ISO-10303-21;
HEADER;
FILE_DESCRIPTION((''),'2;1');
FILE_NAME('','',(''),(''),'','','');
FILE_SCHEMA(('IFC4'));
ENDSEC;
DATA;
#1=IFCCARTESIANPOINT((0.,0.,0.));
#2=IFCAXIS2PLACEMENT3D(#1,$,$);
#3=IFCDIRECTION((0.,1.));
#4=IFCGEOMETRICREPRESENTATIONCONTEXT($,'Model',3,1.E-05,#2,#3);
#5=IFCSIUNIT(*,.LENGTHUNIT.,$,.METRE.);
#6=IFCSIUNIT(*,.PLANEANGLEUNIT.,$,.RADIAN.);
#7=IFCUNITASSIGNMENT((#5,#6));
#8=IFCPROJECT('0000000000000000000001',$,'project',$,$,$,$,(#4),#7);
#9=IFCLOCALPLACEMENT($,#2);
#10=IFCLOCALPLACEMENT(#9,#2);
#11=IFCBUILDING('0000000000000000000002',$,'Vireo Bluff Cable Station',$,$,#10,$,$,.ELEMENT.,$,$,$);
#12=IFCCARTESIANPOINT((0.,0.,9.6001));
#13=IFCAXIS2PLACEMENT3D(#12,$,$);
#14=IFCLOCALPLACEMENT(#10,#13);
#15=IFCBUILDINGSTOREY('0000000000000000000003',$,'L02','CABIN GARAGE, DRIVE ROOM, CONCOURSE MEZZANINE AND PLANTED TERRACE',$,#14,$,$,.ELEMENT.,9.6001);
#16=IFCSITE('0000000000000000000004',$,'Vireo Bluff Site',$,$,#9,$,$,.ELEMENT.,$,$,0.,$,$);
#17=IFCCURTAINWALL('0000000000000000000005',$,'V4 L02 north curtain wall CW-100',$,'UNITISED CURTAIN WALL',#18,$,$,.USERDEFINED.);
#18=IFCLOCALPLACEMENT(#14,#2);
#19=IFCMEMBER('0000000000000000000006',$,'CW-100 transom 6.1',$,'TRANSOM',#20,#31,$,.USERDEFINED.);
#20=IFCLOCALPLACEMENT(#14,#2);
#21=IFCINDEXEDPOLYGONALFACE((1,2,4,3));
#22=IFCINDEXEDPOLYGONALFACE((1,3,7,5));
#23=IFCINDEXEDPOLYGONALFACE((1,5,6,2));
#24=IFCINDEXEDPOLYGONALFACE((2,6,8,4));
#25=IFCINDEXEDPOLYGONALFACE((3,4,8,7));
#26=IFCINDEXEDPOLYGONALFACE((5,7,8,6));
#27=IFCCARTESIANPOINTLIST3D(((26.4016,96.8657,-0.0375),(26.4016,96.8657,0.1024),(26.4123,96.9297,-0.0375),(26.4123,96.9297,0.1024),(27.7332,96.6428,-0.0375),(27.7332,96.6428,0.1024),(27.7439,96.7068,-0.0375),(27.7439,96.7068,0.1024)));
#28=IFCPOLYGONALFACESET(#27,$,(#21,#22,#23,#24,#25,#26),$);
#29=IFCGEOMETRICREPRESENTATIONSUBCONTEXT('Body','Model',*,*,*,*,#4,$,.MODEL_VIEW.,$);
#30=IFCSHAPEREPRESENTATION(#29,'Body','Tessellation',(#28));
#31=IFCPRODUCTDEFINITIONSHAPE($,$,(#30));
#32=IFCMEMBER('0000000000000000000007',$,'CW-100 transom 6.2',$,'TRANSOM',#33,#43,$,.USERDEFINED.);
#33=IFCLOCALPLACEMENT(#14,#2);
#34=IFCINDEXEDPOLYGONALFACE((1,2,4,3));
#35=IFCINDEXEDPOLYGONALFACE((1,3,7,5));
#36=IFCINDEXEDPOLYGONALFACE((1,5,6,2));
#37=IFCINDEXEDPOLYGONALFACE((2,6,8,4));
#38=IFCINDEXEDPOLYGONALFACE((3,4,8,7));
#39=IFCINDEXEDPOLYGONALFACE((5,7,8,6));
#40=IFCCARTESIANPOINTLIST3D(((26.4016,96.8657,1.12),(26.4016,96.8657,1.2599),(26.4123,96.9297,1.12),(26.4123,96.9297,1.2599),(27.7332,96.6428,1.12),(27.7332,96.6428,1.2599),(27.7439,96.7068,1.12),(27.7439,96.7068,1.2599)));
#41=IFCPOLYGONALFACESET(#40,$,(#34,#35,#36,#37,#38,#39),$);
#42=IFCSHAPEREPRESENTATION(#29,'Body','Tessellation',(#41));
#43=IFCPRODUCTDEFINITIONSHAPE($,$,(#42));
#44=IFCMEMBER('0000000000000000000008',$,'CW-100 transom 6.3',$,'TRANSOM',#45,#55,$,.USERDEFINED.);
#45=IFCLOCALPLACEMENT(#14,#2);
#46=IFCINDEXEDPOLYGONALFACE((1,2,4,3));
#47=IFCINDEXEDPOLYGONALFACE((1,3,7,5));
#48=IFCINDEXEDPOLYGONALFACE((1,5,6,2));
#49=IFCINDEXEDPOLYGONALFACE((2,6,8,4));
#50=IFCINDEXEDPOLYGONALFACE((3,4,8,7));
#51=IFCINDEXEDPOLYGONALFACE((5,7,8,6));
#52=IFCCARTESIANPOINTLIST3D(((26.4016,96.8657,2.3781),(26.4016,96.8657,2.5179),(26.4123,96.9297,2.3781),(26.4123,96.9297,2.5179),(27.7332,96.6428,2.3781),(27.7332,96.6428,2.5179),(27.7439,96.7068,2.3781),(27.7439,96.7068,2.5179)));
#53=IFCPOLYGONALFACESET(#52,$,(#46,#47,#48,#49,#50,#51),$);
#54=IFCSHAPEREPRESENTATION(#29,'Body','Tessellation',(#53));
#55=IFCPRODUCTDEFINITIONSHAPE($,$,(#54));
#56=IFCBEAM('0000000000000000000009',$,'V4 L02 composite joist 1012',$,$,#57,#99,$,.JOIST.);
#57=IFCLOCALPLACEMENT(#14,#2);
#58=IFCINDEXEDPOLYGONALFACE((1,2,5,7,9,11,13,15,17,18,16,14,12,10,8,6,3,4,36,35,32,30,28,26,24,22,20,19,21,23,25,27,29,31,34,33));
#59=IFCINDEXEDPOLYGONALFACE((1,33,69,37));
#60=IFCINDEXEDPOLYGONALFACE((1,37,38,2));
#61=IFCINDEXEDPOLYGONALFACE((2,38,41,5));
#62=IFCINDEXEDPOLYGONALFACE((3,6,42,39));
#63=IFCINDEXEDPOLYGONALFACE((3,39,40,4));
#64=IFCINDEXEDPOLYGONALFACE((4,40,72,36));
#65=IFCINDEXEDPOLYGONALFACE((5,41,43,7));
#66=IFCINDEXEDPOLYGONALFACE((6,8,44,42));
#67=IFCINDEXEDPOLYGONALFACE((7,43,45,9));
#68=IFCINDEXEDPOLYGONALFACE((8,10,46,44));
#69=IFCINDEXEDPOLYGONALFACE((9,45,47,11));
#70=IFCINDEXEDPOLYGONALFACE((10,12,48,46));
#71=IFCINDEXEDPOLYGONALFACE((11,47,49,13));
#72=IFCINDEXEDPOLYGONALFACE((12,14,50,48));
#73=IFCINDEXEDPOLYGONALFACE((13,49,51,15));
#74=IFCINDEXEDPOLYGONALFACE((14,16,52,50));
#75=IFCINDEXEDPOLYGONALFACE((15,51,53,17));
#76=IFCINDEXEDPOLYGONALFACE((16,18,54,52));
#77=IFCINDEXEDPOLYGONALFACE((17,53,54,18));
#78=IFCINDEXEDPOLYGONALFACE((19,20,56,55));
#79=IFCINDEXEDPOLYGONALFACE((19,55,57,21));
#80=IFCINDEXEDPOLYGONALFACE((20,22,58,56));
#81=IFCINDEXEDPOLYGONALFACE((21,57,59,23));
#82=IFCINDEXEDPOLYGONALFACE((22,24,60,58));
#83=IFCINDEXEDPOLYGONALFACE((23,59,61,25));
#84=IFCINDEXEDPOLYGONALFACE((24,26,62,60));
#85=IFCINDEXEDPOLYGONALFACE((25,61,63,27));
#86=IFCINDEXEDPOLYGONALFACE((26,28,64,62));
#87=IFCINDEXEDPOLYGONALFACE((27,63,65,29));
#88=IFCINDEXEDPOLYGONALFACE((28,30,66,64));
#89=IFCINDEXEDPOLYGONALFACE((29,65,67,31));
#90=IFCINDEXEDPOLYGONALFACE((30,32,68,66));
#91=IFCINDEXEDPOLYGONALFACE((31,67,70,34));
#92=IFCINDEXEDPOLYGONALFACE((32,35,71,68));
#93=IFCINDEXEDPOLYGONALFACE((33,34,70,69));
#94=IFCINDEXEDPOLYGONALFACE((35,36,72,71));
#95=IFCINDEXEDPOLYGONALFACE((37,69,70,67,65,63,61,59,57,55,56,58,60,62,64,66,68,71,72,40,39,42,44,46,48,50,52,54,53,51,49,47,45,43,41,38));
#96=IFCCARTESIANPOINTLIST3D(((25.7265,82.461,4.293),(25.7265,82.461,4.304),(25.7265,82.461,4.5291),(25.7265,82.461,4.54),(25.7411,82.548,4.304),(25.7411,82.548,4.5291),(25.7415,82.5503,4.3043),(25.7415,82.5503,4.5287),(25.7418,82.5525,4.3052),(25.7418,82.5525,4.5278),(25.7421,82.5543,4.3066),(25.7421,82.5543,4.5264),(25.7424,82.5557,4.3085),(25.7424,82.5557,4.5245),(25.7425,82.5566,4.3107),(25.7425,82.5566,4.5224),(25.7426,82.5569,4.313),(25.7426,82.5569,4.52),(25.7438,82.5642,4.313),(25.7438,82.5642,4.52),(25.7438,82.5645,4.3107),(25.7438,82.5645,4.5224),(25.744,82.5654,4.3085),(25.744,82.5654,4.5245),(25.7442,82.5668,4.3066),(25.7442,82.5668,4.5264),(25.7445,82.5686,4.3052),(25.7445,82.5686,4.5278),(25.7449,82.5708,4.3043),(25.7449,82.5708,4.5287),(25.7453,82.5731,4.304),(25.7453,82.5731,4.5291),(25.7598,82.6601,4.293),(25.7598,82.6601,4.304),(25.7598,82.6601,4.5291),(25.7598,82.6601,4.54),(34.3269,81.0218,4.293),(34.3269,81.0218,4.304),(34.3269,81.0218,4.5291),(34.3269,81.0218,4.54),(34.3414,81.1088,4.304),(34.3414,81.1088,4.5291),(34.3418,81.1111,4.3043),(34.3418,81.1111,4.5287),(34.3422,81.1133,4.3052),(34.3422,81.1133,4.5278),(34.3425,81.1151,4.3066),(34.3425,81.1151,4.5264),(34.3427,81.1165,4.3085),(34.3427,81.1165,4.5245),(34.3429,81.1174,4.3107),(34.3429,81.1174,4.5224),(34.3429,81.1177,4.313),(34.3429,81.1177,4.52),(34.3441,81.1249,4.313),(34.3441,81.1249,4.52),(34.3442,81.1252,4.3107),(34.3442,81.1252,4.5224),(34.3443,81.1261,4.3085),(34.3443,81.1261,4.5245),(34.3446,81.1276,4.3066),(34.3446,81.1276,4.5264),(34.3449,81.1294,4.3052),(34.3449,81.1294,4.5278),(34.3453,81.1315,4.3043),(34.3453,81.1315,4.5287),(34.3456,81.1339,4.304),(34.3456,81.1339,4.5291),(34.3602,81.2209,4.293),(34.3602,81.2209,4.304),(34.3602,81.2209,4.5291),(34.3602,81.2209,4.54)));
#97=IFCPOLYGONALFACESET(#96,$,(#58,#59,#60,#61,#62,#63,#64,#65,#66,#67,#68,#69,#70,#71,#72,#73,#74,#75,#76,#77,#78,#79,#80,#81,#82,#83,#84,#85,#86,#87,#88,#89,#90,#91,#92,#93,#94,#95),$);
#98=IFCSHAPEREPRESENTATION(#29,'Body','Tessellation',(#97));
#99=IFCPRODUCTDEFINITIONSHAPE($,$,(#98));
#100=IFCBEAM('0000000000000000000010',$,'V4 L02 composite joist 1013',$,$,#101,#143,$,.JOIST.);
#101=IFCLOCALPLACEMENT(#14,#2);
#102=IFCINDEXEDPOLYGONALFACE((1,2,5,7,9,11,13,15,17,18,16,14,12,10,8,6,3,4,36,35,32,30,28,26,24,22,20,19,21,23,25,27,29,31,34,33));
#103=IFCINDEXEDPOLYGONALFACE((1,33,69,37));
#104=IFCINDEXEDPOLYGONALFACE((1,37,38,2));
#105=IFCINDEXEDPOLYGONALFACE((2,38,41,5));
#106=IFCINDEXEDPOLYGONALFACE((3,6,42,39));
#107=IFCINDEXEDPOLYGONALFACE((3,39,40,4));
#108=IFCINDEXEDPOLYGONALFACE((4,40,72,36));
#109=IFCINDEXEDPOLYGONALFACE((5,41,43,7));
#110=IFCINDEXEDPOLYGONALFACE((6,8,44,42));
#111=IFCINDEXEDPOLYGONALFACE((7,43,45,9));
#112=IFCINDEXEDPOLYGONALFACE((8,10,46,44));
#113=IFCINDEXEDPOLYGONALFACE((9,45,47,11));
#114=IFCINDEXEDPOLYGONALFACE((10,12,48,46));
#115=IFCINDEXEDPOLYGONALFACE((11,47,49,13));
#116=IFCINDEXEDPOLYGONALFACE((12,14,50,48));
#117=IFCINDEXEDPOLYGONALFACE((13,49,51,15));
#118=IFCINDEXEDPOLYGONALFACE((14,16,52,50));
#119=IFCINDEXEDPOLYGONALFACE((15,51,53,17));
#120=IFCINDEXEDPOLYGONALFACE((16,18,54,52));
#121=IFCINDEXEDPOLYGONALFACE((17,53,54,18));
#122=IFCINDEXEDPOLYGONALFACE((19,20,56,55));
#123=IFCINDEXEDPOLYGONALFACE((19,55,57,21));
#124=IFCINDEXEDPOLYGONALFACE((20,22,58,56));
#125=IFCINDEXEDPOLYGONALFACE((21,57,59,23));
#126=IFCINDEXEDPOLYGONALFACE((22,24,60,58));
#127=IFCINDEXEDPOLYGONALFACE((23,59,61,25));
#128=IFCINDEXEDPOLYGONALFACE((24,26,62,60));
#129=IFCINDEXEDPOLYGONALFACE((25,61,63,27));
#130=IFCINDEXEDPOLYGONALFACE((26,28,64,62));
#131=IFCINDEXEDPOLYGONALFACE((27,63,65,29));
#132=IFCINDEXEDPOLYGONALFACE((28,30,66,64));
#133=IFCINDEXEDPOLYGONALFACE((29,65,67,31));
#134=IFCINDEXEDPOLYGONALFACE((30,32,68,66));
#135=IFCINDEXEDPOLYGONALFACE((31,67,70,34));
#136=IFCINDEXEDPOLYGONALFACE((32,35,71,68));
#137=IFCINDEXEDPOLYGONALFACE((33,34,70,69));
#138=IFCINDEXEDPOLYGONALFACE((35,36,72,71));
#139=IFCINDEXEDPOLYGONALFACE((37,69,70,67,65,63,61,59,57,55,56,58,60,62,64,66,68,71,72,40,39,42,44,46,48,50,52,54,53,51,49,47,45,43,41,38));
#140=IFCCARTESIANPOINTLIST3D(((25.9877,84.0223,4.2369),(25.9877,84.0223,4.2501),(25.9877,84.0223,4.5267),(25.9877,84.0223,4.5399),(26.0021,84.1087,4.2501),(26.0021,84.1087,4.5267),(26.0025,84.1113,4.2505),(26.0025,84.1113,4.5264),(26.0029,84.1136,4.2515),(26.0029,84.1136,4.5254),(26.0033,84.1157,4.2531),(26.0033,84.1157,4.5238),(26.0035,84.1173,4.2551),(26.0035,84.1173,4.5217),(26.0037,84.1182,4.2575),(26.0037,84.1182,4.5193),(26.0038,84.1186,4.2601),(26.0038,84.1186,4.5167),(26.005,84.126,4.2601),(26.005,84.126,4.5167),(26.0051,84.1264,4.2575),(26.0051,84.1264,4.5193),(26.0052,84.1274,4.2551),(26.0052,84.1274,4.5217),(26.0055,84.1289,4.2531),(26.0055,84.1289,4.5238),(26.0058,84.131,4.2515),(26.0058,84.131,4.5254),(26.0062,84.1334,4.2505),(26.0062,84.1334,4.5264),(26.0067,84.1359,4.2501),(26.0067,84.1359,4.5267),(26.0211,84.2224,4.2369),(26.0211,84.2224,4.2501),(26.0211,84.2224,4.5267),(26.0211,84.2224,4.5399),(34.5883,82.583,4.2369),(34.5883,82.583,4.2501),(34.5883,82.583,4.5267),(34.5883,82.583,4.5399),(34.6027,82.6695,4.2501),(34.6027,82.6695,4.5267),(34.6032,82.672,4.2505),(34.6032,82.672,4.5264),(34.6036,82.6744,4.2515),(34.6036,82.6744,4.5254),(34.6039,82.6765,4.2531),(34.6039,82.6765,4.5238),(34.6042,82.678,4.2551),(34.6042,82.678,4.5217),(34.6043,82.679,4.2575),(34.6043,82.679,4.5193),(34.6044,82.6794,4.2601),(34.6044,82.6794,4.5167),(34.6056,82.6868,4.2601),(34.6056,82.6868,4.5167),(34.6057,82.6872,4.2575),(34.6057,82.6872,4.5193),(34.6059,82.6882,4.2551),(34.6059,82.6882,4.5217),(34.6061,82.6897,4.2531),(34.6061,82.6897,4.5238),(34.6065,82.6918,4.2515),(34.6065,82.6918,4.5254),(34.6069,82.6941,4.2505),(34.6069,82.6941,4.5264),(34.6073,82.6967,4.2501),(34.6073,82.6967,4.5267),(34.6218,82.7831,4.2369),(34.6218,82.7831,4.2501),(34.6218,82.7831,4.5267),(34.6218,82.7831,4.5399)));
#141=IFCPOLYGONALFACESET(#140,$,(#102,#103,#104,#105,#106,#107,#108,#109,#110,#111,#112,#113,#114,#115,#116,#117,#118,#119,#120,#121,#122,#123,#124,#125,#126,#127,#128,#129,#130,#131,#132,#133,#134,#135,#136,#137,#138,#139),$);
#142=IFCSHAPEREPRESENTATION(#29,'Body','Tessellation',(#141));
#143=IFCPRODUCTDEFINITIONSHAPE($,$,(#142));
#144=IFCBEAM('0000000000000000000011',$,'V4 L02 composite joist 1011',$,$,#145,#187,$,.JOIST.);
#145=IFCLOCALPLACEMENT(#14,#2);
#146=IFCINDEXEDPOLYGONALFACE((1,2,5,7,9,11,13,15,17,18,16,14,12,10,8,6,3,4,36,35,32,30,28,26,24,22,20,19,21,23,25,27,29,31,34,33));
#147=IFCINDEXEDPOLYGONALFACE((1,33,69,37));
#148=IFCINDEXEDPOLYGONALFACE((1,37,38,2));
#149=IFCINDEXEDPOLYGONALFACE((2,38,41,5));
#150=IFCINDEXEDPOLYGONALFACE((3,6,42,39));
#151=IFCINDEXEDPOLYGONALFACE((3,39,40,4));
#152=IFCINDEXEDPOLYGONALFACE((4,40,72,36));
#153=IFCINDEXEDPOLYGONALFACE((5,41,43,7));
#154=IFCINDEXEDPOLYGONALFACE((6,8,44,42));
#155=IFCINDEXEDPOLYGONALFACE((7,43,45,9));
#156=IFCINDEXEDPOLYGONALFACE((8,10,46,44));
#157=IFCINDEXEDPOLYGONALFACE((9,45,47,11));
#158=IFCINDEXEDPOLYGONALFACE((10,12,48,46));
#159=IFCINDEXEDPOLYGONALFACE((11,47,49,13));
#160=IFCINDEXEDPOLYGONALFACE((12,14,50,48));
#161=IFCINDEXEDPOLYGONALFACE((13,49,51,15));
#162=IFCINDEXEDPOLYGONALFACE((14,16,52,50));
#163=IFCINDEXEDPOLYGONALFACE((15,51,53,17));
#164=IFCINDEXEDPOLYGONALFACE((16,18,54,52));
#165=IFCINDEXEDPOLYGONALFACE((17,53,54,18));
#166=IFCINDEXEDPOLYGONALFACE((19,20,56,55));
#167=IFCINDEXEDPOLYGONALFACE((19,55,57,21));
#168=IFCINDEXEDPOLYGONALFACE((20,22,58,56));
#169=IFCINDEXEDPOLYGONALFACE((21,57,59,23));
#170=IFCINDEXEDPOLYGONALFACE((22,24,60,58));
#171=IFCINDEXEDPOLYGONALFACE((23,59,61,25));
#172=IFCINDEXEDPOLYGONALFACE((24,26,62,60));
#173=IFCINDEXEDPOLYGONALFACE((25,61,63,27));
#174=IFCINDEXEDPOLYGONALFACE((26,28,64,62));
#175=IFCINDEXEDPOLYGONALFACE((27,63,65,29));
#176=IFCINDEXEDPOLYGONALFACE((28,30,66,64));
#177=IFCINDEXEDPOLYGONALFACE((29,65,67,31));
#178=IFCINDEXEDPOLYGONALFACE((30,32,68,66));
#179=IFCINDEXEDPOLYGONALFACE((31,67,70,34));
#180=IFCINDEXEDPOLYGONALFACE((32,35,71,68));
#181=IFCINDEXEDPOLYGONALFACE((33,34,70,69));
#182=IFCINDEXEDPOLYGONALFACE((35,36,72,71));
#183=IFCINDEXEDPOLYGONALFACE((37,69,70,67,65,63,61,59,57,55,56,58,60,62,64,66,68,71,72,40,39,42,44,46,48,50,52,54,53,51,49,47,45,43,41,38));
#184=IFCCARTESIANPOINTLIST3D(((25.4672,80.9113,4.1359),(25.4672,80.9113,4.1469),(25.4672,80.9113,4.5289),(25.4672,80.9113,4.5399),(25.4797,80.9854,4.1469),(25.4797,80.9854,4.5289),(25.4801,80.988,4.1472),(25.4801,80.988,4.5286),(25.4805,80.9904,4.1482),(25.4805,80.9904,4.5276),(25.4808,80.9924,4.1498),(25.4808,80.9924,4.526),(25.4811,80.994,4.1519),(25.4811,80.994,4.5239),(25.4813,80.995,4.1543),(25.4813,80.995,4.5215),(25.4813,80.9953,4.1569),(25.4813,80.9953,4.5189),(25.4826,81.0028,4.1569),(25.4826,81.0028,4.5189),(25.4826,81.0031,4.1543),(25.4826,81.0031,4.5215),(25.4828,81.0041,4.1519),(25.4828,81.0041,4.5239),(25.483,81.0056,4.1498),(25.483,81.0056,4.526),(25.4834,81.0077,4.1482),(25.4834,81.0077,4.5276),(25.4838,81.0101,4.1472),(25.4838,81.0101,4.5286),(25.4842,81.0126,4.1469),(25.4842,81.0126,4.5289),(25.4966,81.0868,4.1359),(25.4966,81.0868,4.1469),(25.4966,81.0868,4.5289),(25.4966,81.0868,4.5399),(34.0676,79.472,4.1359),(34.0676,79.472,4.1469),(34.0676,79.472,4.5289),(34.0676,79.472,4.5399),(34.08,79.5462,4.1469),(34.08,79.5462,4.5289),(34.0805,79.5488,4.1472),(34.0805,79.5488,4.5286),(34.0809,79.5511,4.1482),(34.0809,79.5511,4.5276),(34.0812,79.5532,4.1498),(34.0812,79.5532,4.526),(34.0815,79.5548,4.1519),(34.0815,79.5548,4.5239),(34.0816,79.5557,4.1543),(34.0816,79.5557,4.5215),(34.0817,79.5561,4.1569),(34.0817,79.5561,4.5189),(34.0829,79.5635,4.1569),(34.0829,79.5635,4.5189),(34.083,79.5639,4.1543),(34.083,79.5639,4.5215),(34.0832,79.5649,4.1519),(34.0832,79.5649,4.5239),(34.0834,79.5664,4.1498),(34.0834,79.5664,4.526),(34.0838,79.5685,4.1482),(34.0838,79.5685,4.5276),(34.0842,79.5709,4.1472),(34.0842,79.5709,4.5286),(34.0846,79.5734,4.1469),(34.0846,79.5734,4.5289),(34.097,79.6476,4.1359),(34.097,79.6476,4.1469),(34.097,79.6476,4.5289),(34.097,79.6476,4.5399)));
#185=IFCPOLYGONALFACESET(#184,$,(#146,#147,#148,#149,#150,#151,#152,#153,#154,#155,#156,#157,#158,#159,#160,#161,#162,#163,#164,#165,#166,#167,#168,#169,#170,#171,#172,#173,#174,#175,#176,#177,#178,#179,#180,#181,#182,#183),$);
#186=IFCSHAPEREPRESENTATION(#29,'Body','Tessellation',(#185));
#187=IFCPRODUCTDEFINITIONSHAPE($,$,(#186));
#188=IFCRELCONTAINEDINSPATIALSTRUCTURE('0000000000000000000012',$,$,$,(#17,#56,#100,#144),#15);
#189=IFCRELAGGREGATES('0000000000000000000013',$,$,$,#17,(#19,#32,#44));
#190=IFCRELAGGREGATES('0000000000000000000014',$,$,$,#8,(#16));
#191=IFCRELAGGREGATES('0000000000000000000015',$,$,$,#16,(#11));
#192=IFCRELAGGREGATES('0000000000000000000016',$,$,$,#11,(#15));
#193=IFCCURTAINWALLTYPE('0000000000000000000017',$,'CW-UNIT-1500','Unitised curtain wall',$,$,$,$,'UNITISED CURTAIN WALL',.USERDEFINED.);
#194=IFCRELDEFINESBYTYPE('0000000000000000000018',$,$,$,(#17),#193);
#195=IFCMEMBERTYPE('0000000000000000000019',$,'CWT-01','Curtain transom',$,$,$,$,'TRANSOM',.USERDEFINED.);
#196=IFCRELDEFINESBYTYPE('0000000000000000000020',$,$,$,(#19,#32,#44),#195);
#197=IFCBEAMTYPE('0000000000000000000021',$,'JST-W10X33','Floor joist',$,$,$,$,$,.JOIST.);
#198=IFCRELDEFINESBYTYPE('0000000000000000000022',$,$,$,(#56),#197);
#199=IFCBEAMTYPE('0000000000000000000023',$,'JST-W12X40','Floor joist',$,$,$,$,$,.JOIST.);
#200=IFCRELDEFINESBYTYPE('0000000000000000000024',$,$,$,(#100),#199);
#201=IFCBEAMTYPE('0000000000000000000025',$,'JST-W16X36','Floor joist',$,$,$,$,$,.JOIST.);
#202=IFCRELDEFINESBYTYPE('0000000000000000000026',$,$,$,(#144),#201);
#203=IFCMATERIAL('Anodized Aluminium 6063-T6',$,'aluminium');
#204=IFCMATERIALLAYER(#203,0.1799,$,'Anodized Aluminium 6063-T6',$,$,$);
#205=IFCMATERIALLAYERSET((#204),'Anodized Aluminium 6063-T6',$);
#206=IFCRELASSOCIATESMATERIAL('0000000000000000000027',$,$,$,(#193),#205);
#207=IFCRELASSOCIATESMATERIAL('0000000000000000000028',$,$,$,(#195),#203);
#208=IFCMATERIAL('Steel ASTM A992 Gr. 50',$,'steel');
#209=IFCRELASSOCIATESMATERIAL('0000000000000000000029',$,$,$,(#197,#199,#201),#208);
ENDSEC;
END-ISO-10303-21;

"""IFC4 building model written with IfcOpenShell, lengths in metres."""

from ifc_helpers import new_model, si_unit, direction, frame, origin, origin_2d, place, context, subcontext, project, spatial, rectangle, i_section, extrude, material, layer, layer_set, material_profile, profile_set, type_object, element, aggregate, save


model = new_model("IFC4")

# Units and contexts
model_context = context("Model", 3, precision=1e-05, world=origin(), true_north=direction((0.0, 1.0)))
body_context = subcontext(model_context, "Body", "Model", "MODEL_VIEW")
ifc_project = project(units=[si_unit("LENGTHUNIT", "METRE"), si_unit("PLANEANGLEUNIT", "RADIAN")], contexts=[model_context])

# Site, building, storey
site_placement = place(None, origin())
site = spatial("IfcSite", under=ifc_project, at=site_placement, Name="Vireo Bluff Site", CompositionType="ELEMENT", RefElevation=0.0)
building_placement = place(site_placement, origin())
building = spatial("IfcBuilding", under=site, at=building_placement, Name="Vireo Bluff Cable Station", CompositionType="ELEMENT")
storey_placement = place(building_placement, frame((0.0, 0.0, 9.6001)))
storey = spatial("IfcBuildingStorey", under=building, at=storey_placement, Name="L02", Description="CABIN GARAGE, DRIVE ROOM, CONCOURSE MEZZANINE AND PLANTED TERRACE", CompositionType="ELEMENT", Elevation=9.6001)

# Shared definitions
ifc_material_1 = material(Name="Steel ASTM A992 Gr. 50", Category="steel")

# Curtain wall, members
ifc_material_2 = material(Name="Anodized Aluminium 6063-T6", Category="aluminium")
ifc_layer_1 = layer(ifc_material_2, 0.1799, Name="Anodized Aluminium 6063-T6")
ifc_layer_set_1 = layer_set([ifc_layer_1], Name="Anodized Aluminium 6063-T6")
curtain_wall_type = type_object("IfcCurtainWallType", Name="CW-UNIT-1500", Description="Unitised curtain wall", ElementType="UNITISED CURTAIN WALL", PredefinedType="USERDEFINED", material=ifc_layer_set_1)
curtain_wall_placement = place(storey_placement, origin())
curtain_wall = element("IfcCurtainWall", 1, at=curtain_wall_placement, inside=storey, type_object=curtain_wall_type, Name="V4 L02 north curtain wall CW-100", ObjectType="UNITISED CURTAIN WALL", PredefinedType="USERDEFINED")
ifc_material_profile_1 = material_profile(ifc_material_2, rectangle(XDim=0.0649, YDim=0.1399, at=origin_2d()), Name="ALU-T-65X140")
ifc_profile_set_1 = profile_set([ifc_material_profile_1], Name="Anodized Aluminium 6063-T6")
member_type_1 = type_object("IfcMemberType", Name="CWT-01", Description="Curtain transom", ElementType="TRANSOM", PredefinedType="USERDEFINED", material=ifc_profile_set_1)
member_1_placement = place(storey_placement, frame((26.407, 96.8977, 0.0325), z_axis=(0.986276, -0.165103, 0.0), x_axis=(0.165103, 0.986276, 0.0)))
member_1 = element("IfcMember", 2, at=member_1_placement, type_object=member_type_1, Name="CW-100 transom 6.1", ObjectType="TRANSOM", PredefinedType="USERDEFINED", context=body_context, shape_type="SweptSolid", body=[
    extrude(rectangle(XDim=0.0649, YDim=0.1399, at=origin_2d()), origin(), (0.0, 0.0, 1.0), 1.3501),
])
member_2_placement = place(storey_placement, frame((26.407, 96.8977, 1.1899), z_axis=(0.986276, -0.165103, 0.0), x_axis=(0.165103, 0.986276, 0.0)))
member_2 = element("IfcMember", 3, at=member_2_placement, type_object=member_type_1, Name="CW-100 transom 6.2", ObjectType="TRANSOM", PredefinedType="USERDEFINED", context=body_context, shape_type="SweptSolid", body=[
    extrude(rectangle(XDim=0.0649, YDim=0.1399, at=origin_2d()), origin(), (0.0, 0.0, 1.0), 1.3501),
])
member_3_placement = place(storey_placement, frame((26.407, 96.8977, 2.448), z_axis=(0.986276, -0.165103, 0.0), x_axis=(0.165103, 0.986276, 0.0)))
member_3 = element("IfcMember", 4, at=member_3_placement, type_object=member_type_1, Name="CW-100 transom 6.3", ObjectType="TRANSOM", PredefinedType="USERDEFINED", context=body_context, shape_type="SweptSolid", body=[
    extrude(rectangle(XDim=0.0649, YDim=0.1399, at=origin_2d()), origin(), (0.0, 0.0, 1.0), 1.3501),
])

# Beams
ifc_material_profile_2 = material_profile(ifc_material_1, i_section(OverallWidth=0.2019, OverallDepth=0.2471, WebThickness=0.0073, FlangeThickness=0.011, FilletRadius=0.009, at=origin_2d()), Name="W10X33")
ifc_profile_set_2 = profile_set([ifc_material_profile_2], Name="Steel ASTM A992 Gr. 50")
beam_type_1 = type_object("IfcBeamType", Name="JST-W10X33", Description="Floor joist", PredefinedType="JOIST", material=ifc_profile_set_2)
beam_1_placement = place(storey_placement, frame((25.7432, 82.5605, 4.4165), z_axis=(0.986286, -0.165048, 0.0), x_axis=(0.165048, 0.986286, 0.0)))
element("IfcBeam", 5, at=beam_1_placement, inside=storey, type_object=beam_type_1, Name="V4 L02 composite joist 1012", PredefinedType="JOIST", context=body_context, shape_type="SweptSolid", body=[
    extrude(i_section(OverallWidth=0.2019, OverallDepth=0.2471, WebThickness=0.0073, FlangeThickness=0.011, FilletRadius=0.009, at=origin_2d()), origin(), (0.0, 0.0, 1.0), 8.72),
])
ifc_material_profile_3 = material_profile(ifc_material_1, i_section(OverallWidth=0.2029, OverallDepth=0.303, WebThickness=0.0076, FlangeThickness=0.0132, FilletRadius=0.01, at=origin_2d()), Name="W12X40")
ifc_profile_set_3 = profile_set([ifc_material_profile_3], Name="Steel ASTM A992 Gr. 50")
beam_type_2 = type_object("IfcBeamType", Name="JST-W12X40", Description="Floor joist", PredefinedType="JOIST", material=ifc_profile_set_3)
beam_2_placement = place(storey_placement, frame((26.0044, 84.1223, 4.3884), z_axis=(0.986286, -0.165044, 0.0), x_axis=(0.165044, 0.986286, 0.0)))
element("IfcBeam", 6, at=beam_2_placement, inside=storey, type_object=beam_type_2, Name="V4 L02 composite joist 1013", PredefinedType="JOIST", context=body_context, shape_type="SweptSolid", body=[
    extrude(i_section(OverallWidth=0.2029, OverallDepth=0.303, WebThickness=0.0076, FlangeThickness=0.0132, FilletRadius=0.01, at=origin_2d()), origin(), (0.0, 0.0, 1.0), 8.7202),
])
ifc_material_profile_4 = material_profile(ifc_material_1, i_section(OverallWidth=0.178, OverallDepth=0.4041, WebThickness=0.0076, FlangeThickness=0.011, FilletRadius=0.01, at=origin_2d()), Name="W16X36")
ifc_profile_set_4 = profile_set([ifc_material_profile_4], Name="Steel ASTM A992 Gr. 50")
beam_type_3 = type_object("IfcBeamType", Name="JST-W16X36", Description="Floor joist", PredefinedType="JOIST", material=ifc_profile_set_4)
for number, where, z_axis, x_axis, name in (
    (7, (25.4819, 80.999, 4.3379), (0.986286, -0.165048, 0.0), (0.165048, 0.986286, 0.0), "V4 L02 composite joist 1011"),
):
    element("IfcBeam", number, at=place(storey_placement, frame(where, z_axis=z_axis, x_axis=x_axis)), inside=storey, type_object=beam_type_3, Name=name, PredefinedType="JOIST", context=body_context, shape_type="SweptSolid", body=[
        extrude(i_section(OverallWidth=0.178, OverallDepth=0.4041, WebThickness=0.0076, FlangeThickness=0.011, FilletRadius=0.01, at=origin_2d()), origin(), (0.0, 0.0, 1.0), 8.72),
    ])

aggregate(curtain_wall, [member_1, member_2, member_3])

save(model, "model.ifc")
